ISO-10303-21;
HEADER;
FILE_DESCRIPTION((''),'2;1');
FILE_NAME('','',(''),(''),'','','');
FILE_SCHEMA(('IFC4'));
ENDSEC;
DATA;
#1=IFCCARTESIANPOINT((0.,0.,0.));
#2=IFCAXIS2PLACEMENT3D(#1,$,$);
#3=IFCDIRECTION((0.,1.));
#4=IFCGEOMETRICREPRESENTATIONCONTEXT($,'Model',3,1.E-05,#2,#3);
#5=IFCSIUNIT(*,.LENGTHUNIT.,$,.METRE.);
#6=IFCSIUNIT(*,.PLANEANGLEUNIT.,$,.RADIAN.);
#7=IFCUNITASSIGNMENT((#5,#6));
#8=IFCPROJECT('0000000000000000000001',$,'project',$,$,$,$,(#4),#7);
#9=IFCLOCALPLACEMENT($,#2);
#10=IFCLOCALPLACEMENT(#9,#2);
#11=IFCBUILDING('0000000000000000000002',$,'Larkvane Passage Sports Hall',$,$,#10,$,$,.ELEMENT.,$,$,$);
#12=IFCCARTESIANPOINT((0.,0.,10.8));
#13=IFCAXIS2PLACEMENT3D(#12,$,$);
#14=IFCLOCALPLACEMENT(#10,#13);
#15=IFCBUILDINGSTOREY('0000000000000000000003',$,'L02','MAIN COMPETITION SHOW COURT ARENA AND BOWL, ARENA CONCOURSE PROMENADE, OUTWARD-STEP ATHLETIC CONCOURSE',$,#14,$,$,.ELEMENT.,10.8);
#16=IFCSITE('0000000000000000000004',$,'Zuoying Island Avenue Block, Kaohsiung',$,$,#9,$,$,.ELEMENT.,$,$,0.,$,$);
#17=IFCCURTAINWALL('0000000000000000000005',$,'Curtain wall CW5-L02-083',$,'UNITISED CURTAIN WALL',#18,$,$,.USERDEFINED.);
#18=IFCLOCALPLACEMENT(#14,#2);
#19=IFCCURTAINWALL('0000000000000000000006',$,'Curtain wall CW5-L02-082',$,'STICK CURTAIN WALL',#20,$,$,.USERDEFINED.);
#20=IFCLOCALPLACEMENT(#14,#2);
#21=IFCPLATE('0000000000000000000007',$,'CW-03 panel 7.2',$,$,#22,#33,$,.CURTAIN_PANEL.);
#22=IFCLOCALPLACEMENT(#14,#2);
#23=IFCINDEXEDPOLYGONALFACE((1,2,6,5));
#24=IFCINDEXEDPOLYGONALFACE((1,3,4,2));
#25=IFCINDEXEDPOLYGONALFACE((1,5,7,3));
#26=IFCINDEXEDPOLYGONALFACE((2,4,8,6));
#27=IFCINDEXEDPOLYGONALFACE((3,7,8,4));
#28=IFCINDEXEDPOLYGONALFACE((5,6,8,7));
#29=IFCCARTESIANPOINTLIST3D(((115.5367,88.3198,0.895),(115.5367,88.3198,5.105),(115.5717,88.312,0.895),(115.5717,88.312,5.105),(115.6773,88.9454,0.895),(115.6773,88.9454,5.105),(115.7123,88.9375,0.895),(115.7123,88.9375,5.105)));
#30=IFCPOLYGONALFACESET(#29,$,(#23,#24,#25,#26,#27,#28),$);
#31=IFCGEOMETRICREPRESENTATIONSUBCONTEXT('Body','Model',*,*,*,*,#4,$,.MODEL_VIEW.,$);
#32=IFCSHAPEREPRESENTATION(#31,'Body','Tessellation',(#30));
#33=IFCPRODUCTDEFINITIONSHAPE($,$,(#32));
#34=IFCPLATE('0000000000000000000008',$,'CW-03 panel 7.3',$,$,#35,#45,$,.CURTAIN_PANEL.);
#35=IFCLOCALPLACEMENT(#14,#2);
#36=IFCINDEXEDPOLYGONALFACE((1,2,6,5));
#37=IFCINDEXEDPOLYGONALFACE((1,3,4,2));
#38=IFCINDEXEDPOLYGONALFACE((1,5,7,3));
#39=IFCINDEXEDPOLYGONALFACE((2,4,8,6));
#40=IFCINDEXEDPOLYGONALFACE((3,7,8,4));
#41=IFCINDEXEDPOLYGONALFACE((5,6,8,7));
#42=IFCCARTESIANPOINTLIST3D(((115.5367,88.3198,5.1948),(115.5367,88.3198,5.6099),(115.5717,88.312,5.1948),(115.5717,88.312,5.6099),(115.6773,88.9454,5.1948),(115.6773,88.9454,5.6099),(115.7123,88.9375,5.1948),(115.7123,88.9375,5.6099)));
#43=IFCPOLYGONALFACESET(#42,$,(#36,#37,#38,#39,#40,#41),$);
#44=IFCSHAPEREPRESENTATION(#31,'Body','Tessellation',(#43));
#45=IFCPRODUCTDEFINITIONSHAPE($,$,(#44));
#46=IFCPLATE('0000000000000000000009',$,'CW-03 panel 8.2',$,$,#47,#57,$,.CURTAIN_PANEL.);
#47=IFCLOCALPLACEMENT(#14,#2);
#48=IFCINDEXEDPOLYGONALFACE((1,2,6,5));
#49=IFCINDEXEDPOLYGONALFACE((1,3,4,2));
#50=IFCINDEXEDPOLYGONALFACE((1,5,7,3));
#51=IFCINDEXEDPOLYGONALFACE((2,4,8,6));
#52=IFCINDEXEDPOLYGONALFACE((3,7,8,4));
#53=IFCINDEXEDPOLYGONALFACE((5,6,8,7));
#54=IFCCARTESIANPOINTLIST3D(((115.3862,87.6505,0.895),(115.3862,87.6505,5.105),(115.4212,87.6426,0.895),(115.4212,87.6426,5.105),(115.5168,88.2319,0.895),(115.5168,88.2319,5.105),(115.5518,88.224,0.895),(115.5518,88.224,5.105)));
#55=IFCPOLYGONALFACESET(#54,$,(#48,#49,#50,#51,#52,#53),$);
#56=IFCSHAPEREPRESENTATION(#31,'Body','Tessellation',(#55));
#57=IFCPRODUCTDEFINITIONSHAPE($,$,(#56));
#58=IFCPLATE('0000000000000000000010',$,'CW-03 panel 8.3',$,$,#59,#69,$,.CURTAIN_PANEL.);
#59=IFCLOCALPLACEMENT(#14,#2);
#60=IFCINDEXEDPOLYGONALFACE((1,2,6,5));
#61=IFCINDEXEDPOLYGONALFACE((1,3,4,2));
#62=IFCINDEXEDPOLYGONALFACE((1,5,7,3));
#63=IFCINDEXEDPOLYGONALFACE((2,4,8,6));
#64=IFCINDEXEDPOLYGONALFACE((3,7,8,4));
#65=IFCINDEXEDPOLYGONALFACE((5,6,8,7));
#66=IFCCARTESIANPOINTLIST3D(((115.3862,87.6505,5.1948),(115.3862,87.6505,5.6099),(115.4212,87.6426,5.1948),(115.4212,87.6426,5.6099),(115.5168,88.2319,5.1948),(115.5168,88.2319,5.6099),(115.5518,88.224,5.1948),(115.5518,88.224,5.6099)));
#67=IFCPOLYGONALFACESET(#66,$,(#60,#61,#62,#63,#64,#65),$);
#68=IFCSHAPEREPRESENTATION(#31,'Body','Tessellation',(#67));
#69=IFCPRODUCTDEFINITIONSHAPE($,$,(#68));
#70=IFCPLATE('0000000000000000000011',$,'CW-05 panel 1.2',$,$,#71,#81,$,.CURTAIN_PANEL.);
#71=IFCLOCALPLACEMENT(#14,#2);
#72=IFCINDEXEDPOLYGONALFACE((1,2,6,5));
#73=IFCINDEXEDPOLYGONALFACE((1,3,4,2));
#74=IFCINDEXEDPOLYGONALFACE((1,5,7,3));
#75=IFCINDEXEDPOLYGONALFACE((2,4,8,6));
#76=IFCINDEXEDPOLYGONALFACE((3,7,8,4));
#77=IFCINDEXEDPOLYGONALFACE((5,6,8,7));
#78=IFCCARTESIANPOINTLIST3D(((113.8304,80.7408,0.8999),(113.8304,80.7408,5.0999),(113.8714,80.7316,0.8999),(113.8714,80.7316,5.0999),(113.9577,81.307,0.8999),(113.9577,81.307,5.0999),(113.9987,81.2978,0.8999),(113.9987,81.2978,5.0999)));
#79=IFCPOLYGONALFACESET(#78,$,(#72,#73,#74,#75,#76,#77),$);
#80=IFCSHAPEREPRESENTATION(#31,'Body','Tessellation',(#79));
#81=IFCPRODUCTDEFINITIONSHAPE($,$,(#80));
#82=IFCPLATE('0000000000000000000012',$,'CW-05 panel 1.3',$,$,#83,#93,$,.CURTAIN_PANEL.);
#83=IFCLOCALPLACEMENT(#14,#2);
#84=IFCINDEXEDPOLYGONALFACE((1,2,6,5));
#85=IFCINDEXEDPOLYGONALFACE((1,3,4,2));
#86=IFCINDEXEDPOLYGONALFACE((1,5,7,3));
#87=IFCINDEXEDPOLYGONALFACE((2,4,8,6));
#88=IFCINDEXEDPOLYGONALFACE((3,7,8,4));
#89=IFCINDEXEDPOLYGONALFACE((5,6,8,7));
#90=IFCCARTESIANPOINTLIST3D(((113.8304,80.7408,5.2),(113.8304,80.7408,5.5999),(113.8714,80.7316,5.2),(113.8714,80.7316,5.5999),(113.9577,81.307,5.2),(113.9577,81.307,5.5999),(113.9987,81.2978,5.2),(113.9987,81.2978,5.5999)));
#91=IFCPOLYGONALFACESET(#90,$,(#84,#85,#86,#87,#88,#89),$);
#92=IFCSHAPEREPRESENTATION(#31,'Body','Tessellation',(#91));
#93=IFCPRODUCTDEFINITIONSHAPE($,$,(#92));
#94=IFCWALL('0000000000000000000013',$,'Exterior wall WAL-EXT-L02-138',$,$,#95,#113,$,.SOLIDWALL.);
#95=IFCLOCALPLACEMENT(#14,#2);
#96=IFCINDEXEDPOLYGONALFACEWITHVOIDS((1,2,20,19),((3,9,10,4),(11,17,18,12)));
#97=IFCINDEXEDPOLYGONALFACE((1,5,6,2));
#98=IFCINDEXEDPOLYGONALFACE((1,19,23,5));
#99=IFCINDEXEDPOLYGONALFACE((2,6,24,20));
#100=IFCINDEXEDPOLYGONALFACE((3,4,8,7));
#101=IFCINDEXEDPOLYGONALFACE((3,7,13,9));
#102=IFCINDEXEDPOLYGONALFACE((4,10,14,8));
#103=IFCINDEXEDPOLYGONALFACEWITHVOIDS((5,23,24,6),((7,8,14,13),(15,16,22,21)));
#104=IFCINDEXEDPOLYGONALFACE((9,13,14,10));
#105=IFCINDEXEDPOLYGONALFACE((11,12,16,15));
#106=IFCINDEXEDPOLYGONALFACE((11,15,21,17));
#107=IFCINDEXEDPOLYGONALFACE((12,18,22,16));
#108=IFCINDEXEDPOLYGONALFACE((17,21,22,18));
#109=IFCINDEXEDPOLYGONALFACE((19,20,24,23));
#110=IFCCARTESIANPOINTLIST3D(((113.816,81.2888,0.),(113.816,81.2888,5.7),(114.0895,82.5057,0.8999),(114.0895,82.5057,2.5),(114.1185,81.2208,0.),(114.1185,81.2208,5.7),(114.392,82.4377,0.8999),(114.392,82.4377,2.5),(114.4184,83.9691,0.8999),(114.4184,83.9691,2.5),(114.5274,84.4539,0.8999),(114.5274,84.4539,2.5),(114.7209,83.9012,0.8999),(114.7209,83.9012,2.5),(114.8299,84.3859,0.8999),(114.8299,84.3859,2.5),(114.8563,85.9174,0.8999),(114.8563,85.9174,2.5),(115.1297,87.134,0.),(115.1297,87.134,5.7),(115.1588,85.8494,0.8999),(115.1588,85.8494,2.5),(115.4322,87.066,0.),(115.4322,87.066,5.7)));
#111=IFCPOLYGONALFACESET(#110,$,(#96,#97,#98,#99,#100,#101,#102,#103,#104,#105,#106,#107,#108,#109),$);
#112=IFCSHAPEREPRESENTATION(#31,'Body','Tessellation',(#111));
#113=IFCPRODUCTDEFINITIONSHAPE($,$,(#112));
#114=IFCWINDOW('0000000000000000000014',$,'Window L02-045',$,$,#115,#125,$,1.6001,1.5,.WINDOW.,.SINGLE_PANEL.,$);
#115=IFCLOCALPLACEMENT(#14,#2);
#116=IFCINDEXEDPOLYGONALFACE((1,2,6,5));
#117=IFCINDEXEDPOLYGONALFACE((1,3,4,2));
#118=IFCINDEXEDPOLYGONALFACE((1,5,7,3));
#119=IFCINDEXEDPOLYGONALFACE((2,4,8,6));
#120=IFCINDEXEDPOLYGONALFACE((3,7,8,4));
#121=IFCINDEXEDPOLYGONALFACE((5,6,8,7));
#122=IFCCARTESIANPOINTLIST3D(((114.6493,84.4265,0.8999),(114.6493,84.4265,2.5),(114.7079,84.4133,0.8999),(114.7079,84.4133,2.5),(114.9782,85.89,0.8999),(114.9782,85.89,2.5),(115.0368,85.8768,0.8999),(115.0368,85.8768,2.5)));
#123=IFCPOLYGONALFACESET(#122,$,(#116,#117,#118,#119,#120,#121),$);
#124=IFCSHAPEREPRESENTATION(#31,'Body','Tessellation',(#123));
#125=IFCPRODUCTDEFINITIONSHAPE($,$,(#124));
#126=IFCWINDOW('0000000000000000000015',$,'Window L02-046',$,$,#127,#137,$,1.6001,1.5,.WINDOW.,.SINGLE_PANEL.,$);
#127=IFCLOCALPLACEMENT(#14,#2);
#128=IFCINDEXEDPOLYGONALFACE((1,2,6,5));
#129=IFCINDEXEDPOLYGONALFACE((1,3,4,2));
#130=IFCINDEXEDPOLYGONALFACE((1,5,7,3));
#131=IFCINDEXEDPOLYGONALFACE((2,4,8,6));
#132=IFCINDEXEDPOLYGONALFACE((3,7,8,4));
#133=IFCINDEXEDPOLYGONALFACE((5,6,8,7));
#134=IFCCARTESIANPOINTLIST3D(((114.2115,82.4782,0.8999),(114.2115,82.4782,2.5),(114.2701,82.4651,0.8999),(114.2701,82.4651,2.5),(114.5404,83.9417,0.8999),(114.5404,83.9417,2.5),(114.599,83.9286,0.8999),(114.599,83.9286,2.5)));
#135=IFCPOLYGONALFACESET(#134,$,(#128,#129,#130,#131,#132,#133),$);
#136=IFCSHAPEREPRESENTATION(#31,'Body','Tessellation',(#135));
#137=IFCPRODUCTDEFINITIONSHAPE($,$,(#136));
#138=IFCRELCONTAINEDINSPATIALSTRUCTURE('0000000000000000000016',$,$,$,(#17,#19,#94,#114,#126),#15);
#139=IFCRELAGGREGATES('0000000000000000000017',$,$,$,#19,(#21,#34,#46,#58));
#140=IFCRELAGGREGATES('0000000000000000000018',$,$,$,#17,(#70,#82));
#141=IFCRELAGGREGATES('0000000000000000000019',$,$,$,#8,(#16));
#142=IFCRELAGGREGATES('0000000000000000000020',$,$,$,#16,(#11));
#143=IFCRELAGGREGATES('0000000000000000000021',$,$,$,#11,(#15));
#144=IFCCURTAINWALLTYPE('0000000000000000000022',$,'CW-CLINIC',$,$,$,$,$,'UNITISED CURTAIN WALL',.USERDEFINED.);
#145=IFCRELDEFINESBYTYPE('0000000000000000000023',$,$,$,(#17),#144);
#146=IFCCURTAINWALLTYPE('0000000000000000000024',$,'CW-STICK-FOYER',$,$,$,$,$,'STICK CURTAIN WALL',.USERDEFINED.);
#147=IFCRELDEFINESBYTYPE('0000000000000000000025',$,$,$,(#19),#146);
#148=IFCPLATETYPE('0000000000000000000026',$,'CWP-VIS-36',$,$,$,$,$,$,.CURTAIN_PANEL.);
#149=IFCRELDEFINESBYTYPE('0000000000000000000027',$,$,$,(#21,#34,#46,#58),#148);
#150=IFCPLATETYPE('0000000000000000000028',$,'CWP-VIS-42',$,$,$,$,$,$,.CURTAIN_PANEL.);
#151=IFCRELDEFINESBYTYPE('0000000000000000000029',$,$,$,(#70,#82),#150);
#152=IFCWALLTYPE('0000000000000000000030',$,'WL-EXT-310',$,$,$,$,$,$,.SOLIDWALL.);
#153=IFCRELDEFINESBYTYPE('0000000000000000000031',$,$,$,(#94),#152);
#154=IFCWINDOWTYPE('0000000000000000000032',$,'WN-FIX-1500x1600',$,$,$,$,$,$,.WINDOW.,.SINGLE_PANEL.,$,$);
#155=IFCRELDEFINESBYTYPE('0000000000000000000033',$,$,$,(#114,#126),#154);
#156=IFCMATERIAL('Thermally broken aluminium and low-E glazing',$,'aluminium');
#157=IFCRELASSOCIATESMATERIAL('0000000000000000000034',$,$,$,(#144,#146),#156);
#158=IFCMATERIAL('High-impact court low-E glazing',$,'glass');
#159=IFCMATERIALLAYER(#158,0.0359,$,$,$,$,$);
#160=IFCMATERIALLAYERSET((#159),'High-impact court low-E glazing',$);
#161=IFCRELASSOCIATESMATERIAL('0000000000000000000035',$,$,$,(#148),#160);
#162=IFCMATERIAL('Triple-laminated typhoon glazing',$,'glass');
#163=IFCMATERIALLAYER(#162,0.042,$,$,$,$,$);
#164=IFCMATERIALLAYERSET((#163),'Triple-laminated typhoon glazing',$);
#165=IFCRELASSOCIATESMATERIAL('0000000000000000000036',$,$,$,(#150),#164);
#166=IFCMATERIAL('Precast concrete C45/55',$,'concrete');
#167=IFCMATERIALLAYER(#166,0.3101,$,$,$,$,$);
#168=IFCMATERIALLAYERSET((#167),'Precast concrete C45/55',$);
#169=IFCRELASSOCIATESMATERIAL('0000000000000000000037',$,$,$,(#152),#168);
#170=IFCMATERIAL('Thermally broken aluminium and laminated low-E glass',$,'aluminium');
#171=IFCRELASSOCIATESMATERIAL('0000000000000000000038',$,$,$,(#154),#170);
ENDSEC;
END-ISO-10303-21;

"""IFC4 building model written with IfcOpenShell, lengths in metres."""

from ifc_helpers import new_model, si_unit, direction, frame, frame_2d, origin, origin_2d, place, context, subcontext, project, spatial, rectangle, extrude, material, layer, layer_set, type_object, element, fill, aggregate, save


model = new_model("IFC4")

# Units and contexts
model_context = context("Model", 3, precision=1e-05, world=origin(), true_north=direction((0.0, 1.0)))
body_context = subcontext(model_context, "Body", "Model", "MODEL_VIEW")
ifc_project = project(units=[si_unit("LENGTHUNIT", "METRE"), si_unit("PLANEANGLEUNIT", "RADIAN")], contexts=[model_context])

# Site, building, storey
site_placement = place(None, origin())
site = spatial("IfcSite", under=ifc_project, at=site_placement, Name="Zuoying Island Avenue Block, Kaohsiung", CompositionType="ELEMENT", RefElevation=0.0)
building_placement = place(site_placement, origin())
building = spatial("IfcBuilding", under=site, at=building_placement, Name="Larkvane Passage Sports Hall", CompositionType="ELEMENT")
storey_placement = place(building_placement, frame((0.0, 0.0, 10.8)))
storey = spatial("IfcBuildingStorey", under=building, at=storey_placement, Name="L02", Description="MAIN COMPETITION SHOW COURT ARENA AND BOWL, ARENA CONCOURSE PROMENADE, OUTWARD-STEP ATHLETIC CONCOURSE", CompositionType="ELEMENT", Elevation=10.8)

# Curtain wall
ifc_material_1 = material(Name="Thermally broken aluminium and low-E glazing", Category="aluminium")
curtain_wall_type_1 = type_object("IfcCurtainWallType", Name="CW-CLINIC", ElementType="UNITISED CURTAIN WALL", PredefinedType="USERDEFINED", material=ifc_material_1)
curtain_wall_1_placement = place(storey_placement, origin())
curtain_wall_1 = element("IfcCurtainWall", 1, at=curtain_wall_1_placement, inside=storey, type_object=curtain_wall_type_1, Name="Curtain wall CW5-L02-083", ObjectType="UNITISED CURTAIN WALL", PredefinedType="USERDEFINED")

# Curtain wall
curtain_wall_type_2 = type_object("IfcCurtainWallType", Name="CW-STICK-FOYER", ElementType="STICK CURTAIN WALL", PredefinedType="USERDEFINED", material=ifc_material_1)
curtain_wall_2_placement = place(storey_placement, origin())
curtain_wall_2 = element("IfcCurtainWall", 2, at=curtain_wall_2_placement, inside=storey, type_object=curtain_wall_type_2, Name="Curtain wall CW5-L02-082", ObjectType="STICK CURTAIN WALL", PredefinedType="USERDEFINED")

# Plates
ifc_material_2 = material(Name="High-impact court low-E glazing", Category="glass")
ifc_layer_1 = layer(ifc_material_2, 0.0359)
ifc_layer_set_1 = layer_set([ifc_layer_1], Name="High-impact court low-E glazing")
plate_type_1 = type_object("IfcPlateType", Name="CWP-VIS-36", PredefinedType="CURTAIN_PANEL", material=ifc_layer_set_1)
plate_1_placement = place(storey_placement, frame((115.6245, 88.6287, 0.895), z_axis=(0.0, 0.0, 1.0), x_axis=(-0.219244, -0.97567, 0.0)))
plate_1 = element("IfcPlate", 3, at=plate_1_placement, type_object=plate_type_1, Name="CW-03 panel 7.2", PredefinedType="CURTAIN_PANEL", context=body_context, shape_type="SweptSolid", body=[
    extrude(rectangle(XDim=0.6411, YDim=0.0359, at=origin_2d()), origin(), (0.0, 0.0, 1.0), 4.21),
])
plate_2_placement = place(storey_placement, frame((115.6245, 88.6287, 5.1948), z_axis=(0.0, 0.0, 1.0), x_axis=(-0.219244, -0.97567, 0.0)))
plate_2 = element("IfcPlate", 4, at=plate_2_placement, type_object=plate_type_1, Name="CW-03 panel 7.3", PredefinedType="CURTAIN_PANEL", context=body_context, shape_type="SweptSolid", body=[
    extrude(rectangle(XDim=0.6411, YDim=0.0359, at=origin_2d()), origin(), (0.0, 0.0, 1.0), 0.415),
])
plate_3_placement = place(storey_placement, frame((115.469, 87.9373, 0.895), z_axis=(0.0, 0.0, 1.0), x_axis=(-0.219244, -0.97567, 0.0)))
plate_3 = element("IfcPlate", 5, at=plate_3_placement, type_object=plate_type_1, Name="CW-03 panel 8.2", PredefinedType="CURTAIN_PANEL", context=body_context, shape_type="SweptSolid", body=[
    extrude(rectangle(XDim=0.5959, YDim=0.0359, at=origin_2d()), origin(), (0.0, 0.0, 1.0), 4.21),
])
plate_4_placement = place(storey_placement, frame((115.469, 87.9373, 5.1948), z_axis=(0.0, 0.0, 1.0), x_axis=(-0.219244, -0.97567, 0.0)))
plate_4 = element("IfcPlate", 6, at=plate_4_placement, type_object=plate_type_1, Name="CW-03 panel 8.3", PredefinedType="CURTAIN_PANEL", context=body_context, shape_type="SweptSolid", body=[
    extrude(rectangle(XDim=0.5959, YDim=0.0359, at=origin_2d()), origin(), (0.0, 0.0, 1.0), 0.415),
])
aggregate(curtain_wall_2, [plate_1, plate_2, plate_3, plate_4])
ifc_material_3 = material(Name="Triple-laminated typhoon glazing", Category="glass")
ifc_layer_2 = layer(ifc_material_3, 0.042)
ifc_layer_set_2 = layer_set([ifc_layer_2], Name="Triple-laminated typhoon glazing")
plate_type_2 = type_object("IfcPlateType", Name="CWP-VIS-42", PredefinedType="CURTAIN_PANEL", material=ifc_layer_set_2)
plate_5_placement = place(storey_placement, frame((113.9146, 81.0193, 0.8999), z_axis=(0.0, 0.0, 1.0), x_axis=(-0.219244, -0.97567, 0.0)))
plate_5 = element("IfcPlate", 7, at=plate_5_placement, type_object=plate_type_2, Name="CW-05 panel 1.2", PredefinedType="CURTAIN_PANEL", context=body_context, shape_type="SweptSolid", body=[
    extrude(rectangle(XDim=0.5803, YDim=0.042, at=origin_2d()), origin(), (0.0, 0.0, 1.0), 4.2),
])
plate_6_placement = place(storey_placement, frame((113.9146, 81.0193, 5.2), z_axis=(0.0, 0.0, 1.0), x_axis=(-0.219244, -0.97567, 0.0)))
plate_6 = element("IfcPlate", 8, at=plate_6_placement, type_object=plate_type_2, Name="CW-05 panel 1.3", PredefinedType="CURTAIN_PANEL", context=body_context, shape_type="SweptSolid", body=[
    extrude(rectangle(XDim=0.5803, YDim=0.042, at=origin_2d()), origin(), (0.0, 0.0, 1.0), 0.3999),
])
aggregate(curtain_wall_1, [plate_5, plate_6])

# Wall, openings, windows
ifc_material_4 = material(Name="Precast concrete C45/55", Category="concrete")
ifc_layer_3 = layer(ifc_material_4, 0.3101)
ifc_layer_set_3 = layer_set([ifc_layer_3], Name="Precast concrete C45/55")
wall_type = type_object("IfcWallType", Name="WL-EXT-310", PredefinedType="SOLIDWALL", material=ifc_layer_set_3)
wall_placement = place(storey_placement, frame((115.281, 87.1001, 0.0), z_axis=(0.0, 0.0, 1.0), x_axis=(-0.219281, -0.975662, 0.0)))
wall = element("IfcWall", 9, at=wall_placement, inside=storey, type_object=wall_type, Name="Exterior wall WAL-EXT-L02-138", PredefinedType="SOLIDWALL", context=body_context, shape_type="SweptSolid", body=[
    extrude(rectangle(XDim=5.991, YDim=0.3101, at=frame_2d((2.9956, 0.0))), origin(), (0.0, 0.0, 1.0), 5.7),
])
opening_1_placement = place(wall_placement, frame((1.2471, 0.0, 0.8999)))
opening_1 = element("IfcOpeningElement", 10, at=opening_1_placement, cuts=wall, PredefinedType="OPENING", context=body_context, shape_type="SweptSolid", body=[
    extrude(rectangle(XDim=1.5, YDim=1.6001, at=frame_2d((0.75, 0.8))), frame((0.0, 0.165, 0.0), z_axis=(0.0, -1.0, 0.0), x_axis=(1.0, 0.0, 0.0)), (0.0, 0.0, 1.0), 0.3301),
])
opening_2_placement = place(wall_placement, frame((3.2439, 0.0, 0.8999)))
opening_2 = element("IfcOpeningElement", 11, at=opening_2_placement, cuts=wall, PredefinedType="OPENING", context=body_context, shape_type="SweptSolid", body=[
    extrude(rectangle(XDim=1.5, YDim=1.6001, at=frame_2d((0.75, 0.8))), frame((0.0, 0.165, 0.0), z_axis=(0.0, -1.0, 0.0), x_axis=(1.0, 0.0, 0.0)), (0.0, 0.0, 1.0), 0.3301),
])
ifc_material_5 = material(Name="Thermally broken aluminium and laminated low-E glass", Category="aluminium")
window_type = type_object("IfcWindowType", Name="WN-FIX-1500x1600", PartitioningType="SINGLE_PANEL", PredefinedType="WINDOW", material=ifc_material_5)
window_1_placement = place(opening_1_placement, origin())
window_1 = element("IfcWindow", 12, at=window_1_placement, inside=storey, type_object=window_type, Name="Window L02-045", OverallHeight=1.6001, OverallWidth=1.5, PartitioningType="SINGLE_PANEL", PredefinedType="WINDOW", context=body_context, shape_type="SweptSolid", body=[
    extrude(rectangle(XDim=1.5, YDim=1.6001, at=frame_2d((0.75, 0.8))), frame((0.0, 0.03, 0.0), z_axis=(0.0, -1.0, 0.0), x_axis=(1.0, 0.0, 0.0)), (0.0, 0.0, 1.0), 0.0601),
])
fill(opening_1, window_1)
window_2_placement = place(opening_2_placement, origin())
window_2 = element("IfcWindow", 13, at=window_2_placement, inside=storey, type_object=window_type, Name="Window L02-046", OverallHeight=1.6001, OverallWidth=1.5, PartitioningType="SINGLE_PANEL", PredefinedType="WINDOW", context=body_context, shape_type="SweptSolid", body=[
    extrude(rectangle(XDim=1.5, YDim=1.6001, at=frame_2d((0.75, 0.8))), frame((0.0, 0.03, 0.0), z_axis=(0.0, -1.0, 0.0), x_axis=(1.0, 0.0, 0.0)), (0.0, 0.0, 1.0), 0.0601),
])
fill(opening_2, window_2)

save(model, "model.ifc")
